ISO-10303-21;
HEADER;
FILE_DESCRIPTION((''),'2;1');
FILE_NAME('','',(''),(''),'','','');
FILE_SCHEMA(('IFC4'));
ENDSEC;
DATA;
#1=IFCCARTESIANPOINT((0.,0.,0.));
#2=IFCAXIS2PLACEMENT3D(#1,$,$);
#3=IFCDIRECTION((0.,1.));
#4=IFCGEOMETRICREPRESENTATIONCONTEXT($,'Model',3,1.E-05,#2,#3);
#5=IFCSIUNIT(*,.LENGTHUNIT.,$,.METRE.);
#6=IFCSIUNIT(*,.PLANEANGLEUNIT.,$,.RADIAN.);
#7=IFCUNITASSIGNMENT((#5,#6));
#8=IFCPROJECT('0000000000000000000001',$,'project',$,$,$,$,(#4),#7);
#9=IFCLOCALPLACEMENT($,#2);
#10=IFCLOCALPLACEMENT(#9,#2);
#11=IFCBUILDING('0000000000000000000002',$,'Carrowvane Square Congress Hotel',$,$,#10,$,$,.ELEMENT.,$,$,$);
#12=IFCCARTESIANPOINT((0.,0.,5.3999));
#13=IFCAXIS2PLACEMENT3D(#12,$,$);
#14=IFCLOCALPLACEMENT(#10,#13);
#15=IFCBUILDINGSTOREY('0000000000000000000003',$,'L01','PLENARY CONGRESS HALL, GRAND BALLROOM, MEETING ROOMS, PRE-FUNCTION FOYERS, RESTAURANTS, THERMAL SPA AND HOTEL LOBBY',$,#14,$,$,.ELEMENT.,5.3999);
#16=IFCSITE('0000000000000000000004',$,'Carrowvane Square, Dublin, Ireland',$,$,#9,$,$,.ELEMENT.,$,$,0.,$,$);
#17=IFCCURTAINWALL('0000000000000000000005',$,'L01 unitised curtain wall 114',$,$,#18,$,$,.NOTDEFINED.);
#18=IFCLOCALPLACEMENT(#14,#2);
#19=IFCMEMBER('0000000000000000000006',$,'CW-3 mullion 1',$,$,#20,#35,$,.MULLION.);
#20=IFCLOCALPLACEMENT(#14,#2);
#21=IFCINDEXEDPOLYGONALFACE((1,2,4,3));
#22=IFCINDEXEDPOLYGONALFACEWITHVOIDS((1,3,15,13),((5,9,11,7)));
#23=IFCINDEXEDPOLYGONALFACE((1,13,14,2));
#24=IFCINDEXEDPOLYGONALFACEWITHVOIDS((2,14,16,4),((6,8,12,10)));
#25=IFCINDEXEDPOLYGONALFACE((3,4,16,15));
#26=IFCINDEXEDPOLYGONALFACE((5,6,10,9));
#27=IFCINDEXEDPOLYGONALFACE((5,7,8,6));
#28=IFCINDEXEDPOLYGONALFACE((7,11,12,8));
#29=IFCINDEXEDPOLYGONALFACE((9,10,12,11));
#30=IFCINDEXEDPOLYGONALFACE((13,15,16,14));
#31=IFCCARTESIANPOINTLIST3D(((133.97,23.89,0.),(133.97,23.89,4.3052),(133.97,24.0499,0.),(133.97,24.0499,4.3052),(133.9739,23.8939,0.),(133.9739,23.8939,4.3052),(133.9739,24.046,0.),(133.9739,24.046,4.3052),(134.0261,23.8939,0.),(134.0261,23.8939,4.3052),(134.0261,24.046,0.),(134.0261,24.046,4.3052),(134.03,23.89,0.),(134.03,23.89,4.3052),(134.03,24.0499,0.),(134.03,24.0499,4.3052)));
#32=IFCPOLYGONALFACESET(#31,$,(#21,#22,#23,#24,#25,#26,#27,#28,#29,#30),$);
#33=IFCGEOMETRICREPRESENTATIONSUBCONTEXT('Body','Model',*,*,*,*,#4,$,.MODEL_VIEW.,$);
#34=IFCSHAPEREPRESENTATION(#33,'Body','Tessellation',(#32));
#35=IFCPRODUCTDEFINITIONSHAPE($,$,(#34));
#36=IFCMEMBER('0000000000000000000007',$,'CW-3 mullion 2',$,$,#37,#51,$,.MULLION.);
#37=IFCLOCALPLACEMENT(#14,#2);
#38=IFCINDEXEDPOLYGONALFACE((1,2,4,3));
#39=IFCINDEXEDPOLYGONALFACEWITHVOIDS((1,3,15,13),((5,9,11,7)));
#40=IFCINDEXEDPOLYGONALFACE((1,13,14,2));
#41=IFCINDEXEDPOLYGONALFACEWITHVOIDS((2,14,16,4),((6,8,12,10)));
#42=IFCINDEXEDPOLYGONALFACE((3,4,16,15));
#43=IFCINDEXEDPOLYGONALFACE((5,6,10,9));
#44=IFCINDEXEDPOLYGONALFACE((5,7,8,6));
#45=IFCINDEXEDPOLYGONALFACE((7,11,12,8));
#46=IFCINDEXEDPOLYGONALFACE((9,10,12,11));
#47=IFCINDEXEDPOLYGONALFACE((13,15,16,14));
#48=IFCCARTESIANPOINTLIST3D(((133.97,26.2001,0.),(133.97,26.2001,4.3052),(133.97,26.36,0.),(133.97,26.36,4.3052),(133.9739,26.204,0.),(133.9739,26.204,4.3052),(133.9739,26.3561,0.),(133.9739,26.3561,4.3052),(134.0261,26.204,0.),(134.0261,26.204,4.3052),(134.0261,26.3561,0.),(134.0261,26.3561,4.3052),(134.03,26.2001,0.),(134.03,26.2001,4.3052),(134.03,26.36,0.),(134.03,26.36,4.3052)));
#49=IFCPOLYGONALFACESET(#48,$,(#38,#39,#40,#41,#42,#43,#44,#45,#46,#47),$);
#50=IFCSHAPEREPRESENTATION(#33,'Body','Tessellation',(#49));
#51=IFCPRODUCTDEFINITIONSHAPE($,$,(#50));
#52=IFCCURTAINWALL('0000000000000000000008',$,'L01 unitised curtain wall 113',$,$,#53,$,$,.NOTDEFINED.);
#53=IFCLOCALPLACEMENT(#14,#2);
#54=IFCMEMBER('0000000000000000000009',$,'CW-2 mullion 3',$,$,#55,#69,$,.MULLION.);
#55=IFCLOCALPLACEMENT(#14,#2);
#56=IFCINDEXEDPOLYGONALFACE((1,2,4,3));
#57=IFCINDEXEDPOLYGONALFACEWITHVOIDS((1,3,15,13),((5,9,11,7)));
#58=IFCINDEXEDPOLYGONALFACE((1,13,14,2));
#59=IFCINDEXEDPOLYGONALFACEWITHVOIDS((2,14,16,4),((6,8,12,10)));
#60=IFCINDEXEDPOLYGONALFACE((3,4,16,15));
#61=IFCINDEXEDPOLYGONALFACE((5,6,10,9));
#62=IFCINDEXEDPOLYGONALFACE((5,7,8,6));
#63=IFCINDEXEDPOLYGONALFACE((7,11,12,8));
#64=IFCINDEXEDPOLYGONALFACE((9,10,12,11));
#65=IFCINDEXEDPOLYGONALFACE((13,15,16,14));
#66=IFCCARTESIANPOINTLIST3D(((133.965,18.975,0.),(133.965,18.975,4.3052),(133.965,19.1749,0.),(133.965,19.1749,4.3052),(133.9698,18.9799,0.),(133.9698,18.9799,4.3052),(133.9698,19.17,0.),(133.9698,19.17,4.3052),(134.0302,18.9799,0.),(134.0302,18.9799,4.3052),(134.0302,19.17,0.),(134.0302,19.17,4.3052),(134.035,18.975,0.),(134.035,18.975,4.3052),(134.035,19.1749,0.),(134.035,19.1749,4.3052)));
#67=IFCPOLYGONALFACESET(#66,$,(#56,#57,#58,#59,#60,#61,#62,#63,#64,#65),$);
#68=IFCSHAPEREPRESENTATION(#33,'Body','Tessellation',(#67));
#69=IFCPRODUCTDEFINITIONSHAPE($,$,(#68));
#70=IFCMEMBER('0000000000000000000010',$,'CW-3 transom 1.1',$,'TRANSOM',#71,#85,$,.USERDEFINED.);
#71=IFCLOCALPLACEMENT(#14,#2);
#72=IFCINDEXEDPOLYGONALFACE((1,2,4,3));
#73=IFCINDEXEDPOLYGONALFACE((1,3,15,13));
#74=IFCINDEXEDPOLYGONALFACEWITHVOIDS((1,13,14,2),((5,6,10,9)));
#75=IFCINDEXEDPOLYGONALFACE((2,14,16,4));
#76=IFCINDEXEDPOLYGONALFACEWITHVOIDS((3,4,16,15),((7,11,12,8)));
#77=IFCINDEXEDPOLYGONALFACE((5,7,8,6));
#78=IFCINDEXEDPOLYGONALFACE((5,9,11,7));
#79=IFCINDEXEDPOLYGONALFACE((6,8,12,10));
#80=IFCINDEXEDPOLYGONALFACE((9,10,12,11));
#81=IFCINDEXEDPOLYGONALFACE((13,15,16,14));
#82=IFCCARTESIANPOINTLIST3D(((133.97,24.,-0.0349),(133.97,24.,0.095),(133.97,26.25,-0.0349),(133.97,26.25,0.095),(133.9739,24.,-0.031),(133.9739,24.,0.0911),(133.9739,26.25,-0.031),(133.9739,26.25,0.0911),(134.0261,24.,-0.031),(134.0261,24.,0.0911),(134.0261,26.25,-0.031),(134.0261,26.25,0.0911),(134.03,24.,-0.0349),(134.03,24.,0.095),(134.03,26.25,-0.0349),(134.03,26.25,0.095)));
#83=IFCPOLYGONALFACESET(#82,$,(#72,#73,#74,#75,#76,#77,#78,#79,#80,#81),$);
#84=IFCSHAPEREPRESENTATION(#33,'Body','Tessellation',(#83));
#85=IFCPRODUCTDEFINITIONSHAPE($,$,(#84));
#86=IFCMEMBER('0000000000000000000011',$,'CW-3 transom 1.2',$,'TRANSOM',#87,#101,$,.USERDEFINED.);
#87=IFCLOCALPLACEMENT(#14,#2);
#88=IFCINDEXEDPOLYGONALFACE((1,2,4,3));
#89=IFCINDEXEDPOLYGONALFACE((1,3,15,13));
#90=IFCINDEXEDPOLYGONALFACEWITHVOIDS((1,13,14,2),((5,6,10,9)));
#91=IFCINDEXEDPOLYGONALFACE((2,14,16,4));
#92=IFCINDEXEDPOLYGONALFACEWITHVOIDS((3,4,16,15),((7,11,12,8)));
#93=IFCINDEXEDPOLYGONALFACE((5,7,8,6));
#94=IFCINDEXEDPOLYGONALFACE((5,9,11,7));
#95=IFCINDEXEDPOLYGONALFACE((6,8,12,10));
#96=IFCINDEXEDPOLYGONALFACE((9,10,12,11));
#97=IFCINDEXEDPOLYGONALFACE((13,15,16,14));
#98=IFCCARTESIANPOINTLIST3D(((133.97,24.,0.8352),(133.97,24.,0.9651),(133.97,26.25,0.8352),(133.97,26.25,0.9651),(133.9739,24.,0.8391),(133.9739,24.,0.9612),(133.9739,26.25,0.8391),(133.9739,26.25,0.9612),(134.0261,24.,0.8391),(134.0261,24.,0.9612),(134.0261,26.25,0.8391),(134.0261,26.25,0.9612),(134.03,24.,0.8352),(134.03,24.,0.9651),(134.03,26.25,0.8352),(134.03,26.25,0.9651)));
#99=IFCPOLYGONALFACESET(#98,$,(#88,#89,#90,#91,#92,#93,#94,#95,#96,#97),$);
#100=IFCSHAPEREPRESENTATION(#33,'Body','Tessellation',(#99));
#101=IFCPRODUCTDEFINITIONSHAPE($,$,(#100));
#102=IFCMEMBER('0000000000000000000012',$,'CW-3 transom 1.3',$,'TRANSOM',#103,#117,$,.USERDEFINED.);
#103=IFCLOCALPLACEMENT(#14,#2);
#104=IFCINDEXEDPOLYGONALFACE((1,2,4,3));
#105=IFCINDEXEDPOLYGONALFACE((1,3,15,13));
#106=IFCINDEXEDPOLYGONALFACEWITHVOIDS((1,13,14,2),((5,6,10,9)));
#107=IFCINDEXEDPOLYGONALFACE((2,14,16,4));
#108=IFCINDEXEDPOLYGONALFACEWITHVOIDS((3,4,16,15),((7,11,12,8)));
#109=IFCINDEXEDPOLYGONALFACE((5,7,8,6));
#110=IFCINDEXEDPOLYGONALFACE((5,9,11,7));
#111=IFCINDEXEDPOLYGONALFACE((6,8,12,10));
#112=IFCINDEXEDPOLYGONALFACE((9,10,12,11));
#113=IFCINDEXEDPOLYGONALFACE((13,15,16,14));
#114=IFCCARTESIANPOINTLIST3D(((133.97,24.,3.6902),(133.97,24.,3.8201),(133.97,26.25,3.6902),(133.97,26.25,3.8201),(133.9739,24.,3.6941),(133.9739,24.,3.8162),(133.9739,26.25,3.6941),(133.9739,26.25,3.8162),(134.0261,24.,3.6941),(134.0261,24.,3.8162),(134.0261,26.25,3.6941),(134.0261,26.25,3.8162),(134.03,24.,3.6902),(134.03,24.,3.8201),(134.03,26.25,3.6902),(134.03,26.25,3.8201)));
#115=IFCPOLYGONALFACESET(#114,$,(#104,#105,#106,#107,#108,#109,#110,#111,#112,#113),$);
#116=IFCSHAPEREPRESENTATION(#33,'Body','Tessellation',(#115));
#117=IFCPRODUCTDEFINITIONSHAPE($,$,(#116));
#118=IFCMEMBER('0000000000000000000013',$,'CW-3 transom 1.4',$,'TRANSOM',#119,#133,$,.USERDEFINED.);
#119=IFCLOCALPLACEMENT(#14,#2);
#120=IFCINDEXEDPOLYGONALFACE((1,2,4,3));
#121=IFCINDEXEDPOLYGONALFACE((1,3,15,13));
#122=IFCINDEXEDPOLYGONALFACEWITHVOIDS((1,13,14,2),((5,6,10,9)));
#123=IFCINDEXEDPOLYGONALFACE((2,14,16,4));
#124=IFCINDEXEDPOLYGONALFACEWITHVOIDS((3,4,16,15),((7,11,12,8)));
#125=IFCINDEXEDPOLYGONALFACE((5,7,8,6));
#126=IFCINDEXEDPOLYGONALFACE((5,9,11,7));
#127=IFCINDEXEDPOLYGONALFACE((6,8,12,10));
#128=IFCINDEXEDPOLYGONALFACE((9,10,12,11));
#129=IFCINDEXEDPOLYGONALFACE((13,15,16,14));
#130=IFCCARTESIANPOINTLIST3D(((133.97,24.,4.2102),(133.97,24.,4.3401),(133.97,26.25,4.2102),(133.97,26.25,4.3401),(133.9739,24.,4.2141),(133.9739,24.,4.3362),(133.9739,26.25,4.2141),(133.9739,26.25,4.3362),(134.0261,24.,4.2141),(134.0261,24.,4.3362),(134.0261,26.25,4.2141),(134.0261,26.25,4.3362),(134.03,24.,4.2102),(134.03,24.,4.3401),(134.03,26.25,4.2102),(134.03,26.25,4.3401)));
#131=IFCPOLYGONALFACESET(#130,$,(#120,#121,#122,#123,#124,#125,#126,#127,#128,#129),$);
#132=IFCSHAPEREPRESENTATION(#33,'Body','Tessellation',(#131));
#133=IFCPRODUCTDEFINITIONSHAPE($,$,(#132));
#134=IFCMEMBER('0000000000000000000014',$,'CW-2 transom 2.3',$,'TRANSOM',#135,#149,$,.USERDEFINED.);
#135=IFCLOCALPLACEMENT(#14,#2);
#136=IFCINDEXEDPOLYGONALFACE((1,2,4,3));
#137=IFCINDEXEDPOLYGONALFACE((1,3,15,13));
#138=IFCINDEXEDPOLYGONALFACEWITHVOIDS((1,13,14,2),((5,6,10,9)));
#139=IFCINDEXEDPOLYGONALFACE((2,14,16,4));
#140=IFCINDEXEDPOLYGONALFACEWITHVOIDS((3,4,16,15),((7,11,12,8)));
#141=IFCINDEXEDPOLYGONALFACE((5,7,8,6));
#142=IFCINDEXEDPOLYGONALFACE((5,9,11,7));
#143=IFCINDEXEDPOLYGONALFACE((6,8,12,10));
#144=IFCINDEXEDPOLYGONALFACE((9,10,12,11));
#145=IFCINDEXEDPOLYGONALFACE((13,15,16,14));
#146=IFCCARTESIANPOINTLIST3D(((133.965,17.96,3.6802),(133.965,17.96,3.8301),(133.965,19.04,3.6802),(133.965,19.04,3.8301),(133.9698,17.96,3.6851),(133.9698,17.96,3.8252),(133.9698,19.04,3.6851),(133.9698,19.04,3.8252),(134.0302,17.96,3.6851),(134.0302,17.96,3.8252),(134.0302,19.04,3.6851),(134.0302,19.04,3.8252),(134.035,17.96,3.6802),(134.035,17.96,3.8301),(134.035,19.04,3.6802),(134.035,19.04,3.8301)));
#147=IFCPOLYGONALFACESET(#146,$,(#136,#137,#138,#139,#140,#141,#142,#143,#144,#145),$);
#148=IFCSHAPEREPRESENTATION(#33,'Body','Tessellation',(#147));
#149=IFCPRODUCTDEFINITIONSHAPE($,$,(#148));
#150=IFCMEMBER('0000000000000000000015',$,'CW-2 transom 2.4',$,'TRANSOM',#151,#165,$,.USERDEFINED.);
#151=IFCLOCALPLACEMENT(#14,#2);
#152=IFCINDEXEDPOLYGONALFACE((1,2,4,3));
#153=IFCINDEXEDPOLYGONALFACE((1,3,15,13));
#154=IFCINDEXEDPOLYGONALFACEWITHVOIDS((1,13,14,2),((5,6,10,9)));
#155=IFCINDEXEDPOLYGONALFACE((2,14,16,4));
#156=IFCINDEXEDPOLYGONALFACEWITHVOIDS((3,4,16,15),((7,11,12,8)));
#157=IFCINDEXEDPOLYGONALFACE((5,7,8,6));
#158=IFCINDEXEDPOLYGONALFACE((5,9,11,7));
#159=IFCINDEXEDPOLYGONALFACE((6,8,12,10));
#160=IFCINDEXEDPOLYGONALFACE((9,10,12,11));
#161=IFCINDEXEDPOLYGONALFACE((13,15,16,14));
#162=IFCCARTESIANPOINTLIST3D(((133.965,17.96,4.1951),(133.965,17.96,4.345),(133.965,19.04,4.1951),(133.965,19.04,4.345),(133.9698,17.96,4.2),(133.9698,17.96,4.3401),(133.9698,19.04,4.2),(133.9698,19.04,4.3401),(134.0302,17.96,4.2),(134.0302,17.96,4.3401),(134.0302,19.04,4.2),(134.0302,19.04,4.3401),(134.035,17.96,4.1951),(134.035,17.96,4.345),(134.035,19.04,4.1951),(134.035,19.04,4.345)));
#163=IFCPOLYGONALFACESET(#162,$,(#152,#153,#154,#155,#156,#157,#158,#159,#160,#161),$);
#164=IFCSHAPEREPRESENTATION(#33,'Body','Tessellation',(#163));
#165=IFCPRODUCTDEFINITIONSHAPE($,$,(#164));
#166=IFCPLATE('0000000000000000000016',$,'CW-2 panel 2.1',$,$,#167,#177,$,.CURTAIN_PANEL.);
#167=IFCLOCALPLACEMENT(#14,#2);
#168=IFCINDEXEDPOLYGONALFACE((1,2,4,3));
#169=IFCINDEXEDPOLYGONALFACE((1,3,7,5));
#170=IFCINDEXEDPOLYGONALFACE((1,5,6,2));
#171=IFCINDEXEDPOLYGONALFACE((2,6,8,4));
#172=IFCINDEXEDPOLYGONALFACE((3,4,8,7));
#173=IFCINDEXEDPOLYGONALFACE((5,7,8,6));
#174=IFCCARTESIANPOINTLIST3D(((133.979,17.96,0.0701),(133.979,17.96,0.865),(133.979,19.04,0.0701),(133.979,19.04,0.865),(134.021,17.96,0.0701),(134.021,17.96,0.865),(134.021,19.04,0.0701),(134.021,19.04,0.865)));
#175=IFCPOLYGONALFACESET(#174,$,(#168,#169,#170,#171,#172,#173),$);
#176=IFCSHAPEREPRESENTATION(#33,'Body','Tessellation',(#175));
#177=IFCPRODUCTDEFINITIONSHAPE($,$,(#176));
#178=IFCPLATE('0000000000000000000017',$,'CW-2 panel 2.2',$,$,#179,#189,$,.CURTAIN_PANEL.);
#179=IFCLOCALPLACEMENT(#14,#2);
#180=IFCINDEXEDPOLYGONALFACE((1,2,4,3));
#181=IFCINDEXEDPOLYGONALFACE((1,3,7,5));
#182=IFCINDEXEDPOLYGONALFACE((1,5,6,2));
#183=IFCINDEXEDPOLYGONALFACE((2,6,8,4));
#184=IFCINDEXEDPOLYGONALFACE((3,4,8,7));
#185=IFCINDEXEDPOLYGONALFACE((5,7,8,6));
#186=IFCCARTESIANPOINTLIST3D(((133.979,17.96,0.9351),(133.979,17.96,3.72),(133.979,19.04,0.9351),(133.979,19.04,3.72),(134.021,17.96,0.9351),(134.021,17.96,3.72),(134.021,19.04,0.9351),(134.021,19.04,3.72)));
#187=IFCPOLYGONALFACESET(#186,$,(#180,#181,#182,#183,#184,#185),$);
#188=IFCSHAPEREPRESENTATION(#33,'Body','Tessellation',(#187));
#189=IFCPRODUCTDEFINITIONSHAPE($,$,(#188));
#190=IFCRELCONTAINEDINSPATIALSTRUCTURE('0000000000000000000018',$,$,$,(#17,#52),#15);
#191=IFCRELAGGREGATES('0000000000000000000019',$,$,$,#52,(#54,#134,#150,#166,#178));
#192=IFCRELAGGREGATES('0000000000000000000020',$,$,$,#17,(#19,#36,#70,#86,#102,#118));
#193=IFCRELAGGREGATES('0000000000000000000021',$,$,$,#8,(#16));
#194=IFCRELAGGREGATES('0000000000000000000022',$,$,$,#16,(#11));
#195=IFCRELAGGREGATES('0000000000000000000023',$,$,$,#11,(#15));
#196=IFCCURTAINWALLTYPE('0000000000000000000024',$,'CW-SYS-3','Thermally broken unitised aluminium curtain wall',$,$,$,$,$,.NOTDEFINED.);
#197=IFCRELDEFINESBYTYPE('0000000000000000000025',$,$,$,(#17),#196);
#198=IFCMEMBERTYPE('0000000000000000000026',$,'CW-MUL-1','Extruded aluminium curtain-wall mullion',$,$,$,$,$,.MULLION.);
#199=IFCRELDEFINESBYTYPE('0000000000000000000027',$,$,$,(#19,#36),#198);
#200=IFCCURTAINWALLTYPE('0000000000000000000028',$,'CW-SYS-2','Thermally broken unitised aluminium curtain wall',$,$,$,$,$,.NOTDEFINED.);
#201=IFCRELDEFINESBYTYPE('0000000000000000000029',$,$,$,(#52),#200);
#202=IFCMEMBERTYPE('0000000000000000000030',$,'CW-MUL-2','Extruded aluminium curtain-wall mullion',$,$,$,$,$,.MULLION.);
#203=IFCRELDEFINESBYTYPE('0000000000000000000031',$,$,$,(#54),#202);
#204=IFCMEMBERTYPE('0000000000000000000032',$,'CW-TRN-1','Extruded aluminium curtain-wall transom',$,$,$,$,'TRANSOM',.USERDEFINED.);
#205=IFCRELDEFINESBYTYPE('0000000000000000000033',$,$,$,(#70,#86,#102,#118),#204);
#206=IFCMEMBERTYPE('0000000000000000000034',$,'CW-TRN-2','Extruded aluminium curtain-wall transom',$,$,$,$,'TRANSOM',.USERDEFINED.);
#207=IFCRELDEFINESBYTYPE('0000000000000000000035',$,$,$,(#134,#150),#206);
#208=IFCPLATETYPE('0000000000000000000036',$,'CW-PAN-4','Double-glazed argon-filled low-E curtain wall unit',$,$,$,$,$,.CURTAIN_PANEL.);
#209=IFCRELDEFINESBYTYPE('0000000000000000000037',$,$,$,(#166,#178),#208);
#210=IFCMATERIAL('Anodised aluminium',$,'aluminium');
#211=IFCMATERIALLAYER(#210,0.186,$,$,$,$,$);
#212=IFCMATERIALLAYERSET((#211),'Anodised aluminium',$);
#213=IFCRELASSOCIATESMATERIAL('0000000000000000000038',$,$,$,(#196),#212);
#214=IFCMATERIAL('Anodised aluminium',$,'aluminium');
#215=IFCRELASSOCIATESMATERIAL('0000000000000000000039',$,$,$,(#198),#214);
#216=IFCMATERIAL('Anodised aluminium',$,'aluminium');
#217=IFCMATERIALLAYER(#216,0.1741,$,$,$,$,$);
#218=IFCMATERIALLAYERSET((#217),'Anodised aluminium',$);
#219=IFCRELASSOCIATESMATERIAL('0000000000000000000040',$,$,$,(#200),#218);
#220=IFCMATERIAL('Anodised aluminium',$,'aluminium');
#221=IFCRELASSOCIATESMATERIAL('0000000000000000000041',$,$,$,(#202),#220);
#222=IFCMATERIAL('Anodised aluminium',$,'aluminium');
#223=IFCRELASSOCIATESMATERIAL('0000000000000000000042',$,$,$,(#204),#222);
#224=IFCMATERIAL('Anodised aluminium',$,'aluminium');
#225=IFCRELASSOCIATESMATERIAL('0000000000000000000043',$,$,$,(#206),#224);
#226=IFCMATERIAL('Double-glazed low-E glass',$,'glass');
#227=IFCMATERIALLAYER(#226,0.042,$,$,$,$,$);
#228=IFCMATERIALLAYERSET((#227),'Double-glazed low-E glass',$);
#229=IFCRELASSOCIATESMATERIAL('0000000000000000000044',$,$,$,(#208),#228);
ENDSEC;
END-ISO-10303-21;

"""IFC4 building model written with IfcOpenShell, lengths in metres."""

from ifc_helpers import new_model, si_unit, direction, frame, origin, origin_2d, place, context, subcontext, project, spatial, rectangle, hollow_rectangle, extrude, material, layer, layer_set, material_profile, profile_set, type_object, element, aggregate, save


model = new_model("IFC4")

# Units and contexts
model_context = context("Model", 3, precision=1e-05, world=origin(), true_north=direction((0.0, 1.0)))
body_context = subcontext(model_context, "Body", "Model", "MODEL_VIEW")
ifc_project = project(units=[si_unit("LENGTHUNIT", "METRE"), si_unit("PLANEANGLEUNIT", "RADIAN")], contexts=[model_context])

# Site, building, storey
site_placement = place(None, origin())
site = spatial("IfcSite", under=ifc_project, at=site_placement, Name="Carrowvane Square, Dublin, Ireland", CompositionType="ELEMENT", RefElevation=0.0)
building_placement = place(site_placement, origin())
building = spatial("IfcBuilding", under=site, at=building_placement, Name="Carrowvane Square Congress Hotel", CompositionType="ELEMENT")
storey_placement = place(building_placement, frame((0.0, 0.0, 5.3999)))
storey = spatial("IfcBuildingStorey", under=building, at=storey_placement, Name="L01", Description="PLENARY CONGRESS HALL, GRAND BALLROOM, MEETING ROOMS, PRE-FUNCTION FOYERS, RESTAURANTS, THERMAL SPA AND HOTEL LOBBY", CompositionType="ELEMENT", Elevation=5.3999)

# Curtain wall, members
ifc_material_1 = material(Name="Anodised aluminium", Category="aluminium")
ifc_layer_1 = layer(ifc_material_1, 0.186)
ifc_layer_set_1 = layer_set([ifc_layer_1], Name="Anodised aluminium")
curtain_wall_type_1 = type_object("IfcCurtainWallType", Name="CW-SYS-3", Description="Thermally broken unitised aluminium curtain wall", PredefinedType="NOTDEFINED", material=ifc_layer_set_1)
curtain_wall_1_placement = place(storey_placement, origin())
curtain_wall_1 = element("IfcCurtainWall", 1, at=curtain_wall_1_placement, inside=storey, type_object=curtain_wall_type_1, Name="L01 unitised curtain wall 114", PredefinedType="NOTDEFINED")
ifc_material_2 = material(Name="Anodised aluminium", Category="aluminium")
ifc_material_profile_1 = material_profile(ifc_material_2, hollow_rectangle(XDim=0.0601, YDim=0.1599, WallThickness=0.0039, at=origin_2d()), Name="CW-ML 60x160x4")
ifc_profile_set_1 = profile_set([ifc_material_profile_1], Name="Anodised aluminium")
member_type_1 = type_object("IfcMemberType", Name="CW-MUL-1", Description="Extruded aluminium curtain-wall mullion", PredefinedType="MULLION", material=ifc_profile_set_1)
member_1_placement = place(storey_placement, frame((134.0, 23.97, 0.0), z_axis=(0.0, 0.0, 1.0), x_axis=(-1.0, 0.0, 0.0)))
member_1 = element("IfcMember", 2, at=member_1_placement, type_object=member_type_1, Name="CW-3 mullion 1", PredefinedType="MULLION", context=body_context, shape_type="SweptSolid", body=[
    extrude(hollow_rectangle(XDim=0.0601, YDim=0.1599, WallThickness=0.0039, at=origin_2d()), origin(), (0.0, 0.0, 1.0), 4.3052),
])
member_2_placement = place(storey_placement, frame((134.0, 26.28, 0.0), z_axis=(0.0, 0.0, 1.0), x_axis=(-1.0, 0.0, 0.0)))
member_2 = element("IfcMember", 3, at=member_2_placement, type_object=member_type_1, Name="CW-3 mullion 2", PredefinedType="MULLION", context=body_context, shape_type="SweptSolid", body=[
    extrude(hollow_rectangle(XDim=0.0601, YDim=0.1599, WallThickness=0.0039, at=origin_2d()), origin(), (0.0, 0.0, 1.0), 4.3052),
])

# Curtain wall, member
ifc_material_3 = material(Name="Anodised aluminium", Category="aluminium")
ifc_layer_2 = layer(ifc_material_3, 0.1741)
ifc_layer_set_2 = layer_set([ifc_layer_2], Name="Anodised aluminium")
curtain_wall_type_2 = type_object("IfcCurtainWallType", Name="CW-SYS-2", Description="Thermally broken unitised aluminium curtain wall", PredefinedType="NOTDEFINED", material=ifc_layer_set_2)
curtain_wall_2_placement = place(storey_placement, origin())
curtain_wall_2 = element("IfcCurtainWall", 4, at=curtain_wall_2_placement, inside=storey, type_object=curtain_wall_type_2, Name="L01 unitised curtain wall 113", PredefinedType="NOTDEFINED")
ifc_material_4 = material(Name="Anodised aluminium", Category="aluminium")
ifc_material_profile_2 = material_profile(ifc_material_4, hollow_rectangle(XDim=0.0701, YDim=0.2, WallThickness=0.0049, at=origin_2d()), Name="CW-ML 70x200x5")
ifc_profile_set_2 = profile_set([ifc_material_profile_2], Name="Anodised aluminium")
member_type_2 = type_object("IfcMemberType", Name="CW-MUL-2", Description="Extruded aluminium curtain-wall mullion", PredefinedType="MULLION", material=ifc_profile_set_2)
member_3_placement = place(storey_placement, frame((134.0, 19.075, 0.0), z_axis=(0.0, 0.0, 1.0), x_axis=(-1.0, 0.0, 0.0)))
member_3 = element("IfcMember", 5, at=member_3_placement, type_object=member_type_2, Name="CW-2 mullion 3", PredefinedType="MULLION", context=body_context, shape_type="SweptSolid", body=[
    extrude(hollow_rectangle(XDim=0.0701, YDim=0.2, WallThickness=0.0049, at=origin_2d()), origin(), (0.0, 0.0, 1.0), 4.3052),
])

# Members
ifc_material_5 = material(Name="Anodised aluminium", Category="aluminium")
ifc_material_profile_3 = material_profile(ifc_material_5, hollow_rectangle(XDim=0.0601, YDim=0.1299, WallThickness=0.0039, at=origin_2d()), Name="CW-TR 60x130x4")
ifc_profile_set_3 = profile_set([ifc_material_profile_3], Name="Anodised aluminium")
member_type_3 = type_object("IfcMemberType", Name="CW-TRN-1", Description="Extruded aluminium curtain-wall transom", ElementType="TRANSOM", PredefinedType="USERDEFINED", material=ifc_profile_set_3)
member_4_placement = place(storey_placement, frame((134.0, 24.0, 0.03), z_axis=(0.0, 1.0, 0.0), x_axis=(-1.0, 0.0, 0.0)))
member_4 = element("IfcMember", 6, at=member_4_placement, type_object=member_type_3, Name="CW-3 transom 1.1", ObjectType="TRANSOM", PredefinedType="USERDEFINED", context=body_context, shape_type="SweptSolid", body=[
    extrude(hollow_rectangle(XDim=0.0601, YDim=0.1299, WallThickness=0.0039, at=origin_2d()), origin(), (0.0, 0.0, 1.0), 2.25),
])
member_5_placement = place(storey_placement, frame((134.0, 24.0, 0.9001), z_axis=(0.0, 1.0, 0.0), x_axis=(-1.0, 0.0, 0.0)))
member_5 = element("IfcMember", 7, at=member_5_placement, type_object=member_type_3, Name="CW-3 transom 1.2", ObjectType="TRANSOM", PredefinedType="USERDEFINED", context=body_context, shape_type="SweptSolid", body=[
    extrude(hollow_rectangle(XDim=0.0601, YDim=0.1299, WallThickness=0.0039, at=origin_2d()), origin(), (0.0, 0.0, 1.0), 2.25),
])
member_6_placement = place(storey_placement, frame((134.0, 24.0, 3.7551), z_axis=(0.0, 1.0, 0.0), x_axis=(-1.0, 0.0, 0.0)))
member_6 = element("IfcMember", 8, at=member_6_placement, type_object=member_type_3, Name="CW-3 transom 1.3", ObjectType="TRANSOM", PredefinedType="USERDEFINED", context=body_context, shape_type="SweptSolid", body=[
    extrude(hollow_rectangle(XDim=0.0601, YDim=0.1299, WallThickness=0.0039, at=origin_2d()), origin(), (0.0, 0.0, 1.0), 2.25),
])
member_7_placement = place(storey_placement, frame((134.0, 24.0, 4.2751), z_axis=(0.0, 1.0, 0.0), x_axis=(-1.0, 0.0, 0.0)))
member_7 = element("IfcMember", 9, at=member_7_placement, type_object=member_type_3, Name="CW-3 transom 1.4", ObjectType="TRANSOM", PredefinedType="USERDEFINED", context=body_context, shape_type="SweptSolid", body=[
    extrude(hollow_rectangle(XDim=0.0601, YDim=0.1299, WallThickness=0.0039, at=origin_2d()), origin(), (0.0, 0.0, 1.0), 2.25),
])
ifc_material_6 = material(Name="Anodised aluminium", Category="aluminium")
ifc_material_profile_4 = material_profile(ifc_material_6, hollow_rectangle(XDim=0.0701, YDim=0.1499, WallThickness=0.0049, at=origin_2d()), Name="CW-TR 70x150x5")
ifc_profile_set_4 = profile_set([ifc_material_profile_4], Name="Anodised aluminium")
member_type_4 = type_object("IfcMemberType", Name="CW-TRN-2", Description="Extruded aluminium curtain-wall transom", ElementType="TRANSOM", PredefinedType="USERDEFINED", material=ifc_profile_set_4)
member_8_placement = place(storey_placement, frame((134.0, 17.96, 3.7551), z_axis=(0.0, 1.0, 0.0), x_axis=(-1.0, 0.0, 0.0)))
member_8 = element("IfcMember", 10, at=member_8_placement, type_object=member_type_4, Name="CW-2 transom 2.3", ObjectType="TRANSOM", PredefinedType="USERDEFINED", context=body_context, shape_type="SweptSolid", body=[
    extrude(hollow_rectangle(XDim=0.0701, YDim=0.1499, WallThickness=0.0049, at=origin_2d()), origin(), (0.0, 0.0, 1.0), 1.0801),
])
member_9_placement = place(storey_placement, frame((134.0, 17.96, 4.27), z_axis=(0.0, 1.0, 0.0), x_axis=(-1.0, 0.0, 0.0)))
member_9 = element("IfcMember", 11, at=member_9_placement, type_object=member_type_4, Name="CW-2 transom 2.4", ObjectType="TRANSOM", PredefinedType="USERDEFINED", context=body_context, shape_type="SweptSolid", body=[
    extrude(hollow_rectangle(XDim=0.0701, YDim=0.1499, WallThickness=0.0049, at=origin_2d()), origin(), (0.0, 0.0, 1.0), 1.0801),
])

# Plates
ifc_material_7 = material(Name="Double-glazed low-E glass", Category="glass")
ifc_layer_3 = layer(ifc_material_7, 0.042)
ifc_layer_set_3 = layer_set([ifc_layer_3], Name="Double-glazed low-E glass")
plate_type_1 = type_object("IfcPlateType", Name="CW-PAN-4", Description="Double-glazed argon-filled low-E curtain wall unit", PredefinedType="CURTAIN_PANEL", material=ifc_layer_set_3)
plate_1_placement = place(storey_placement, frame((134.0, 18.5, 0.0701), z_axis=(0.0, 0.0, 1.0), x_axis=(0.0, 1.0, 0.0)))
plate_1 = element("IfcPlate", 12, at=plate_1_placement, type_object=plate_type_1, Name="CW-2 panel 2.1", PredefinedType="CURTAIN_PANEL", context=body_context, shape_type="SweptSolid", body=[
    extrude(rectangle(XDim=1.0801, YDim=0.042, at=origin_2d()), origin(), (0.0, 0.0, 1.0), 0.7949),
])
plate_2_placement = place(storey_placement, frame((134.0, 18.5, 0.9351), z_axis=(0.0, 0.0, 1.0), x_axis=(0.0, 1.0, 0.0)))
plate_2 = element("IfcPlate", 13, at=plate_2_placement, type_object=plate_type_1, Name="CW-2 panel 2.2", PredefinedType="CURTAIN_PANEL", context=body_context, shape_type="SweptSolid", body=[
    extrude(rectangle(XDim=1.0801, YDim=0.042, at=origin_2d()), origin(), (0.0, 0.0, 1.0), 2.7849),
])
aggregate(curtain_wall_2, [member_3, member_8, member_9, plate_1, plate_2])
aggregate(curtain_wall_1, [member_1, member_2, member_4, member_5, member_6, member_7])

save(model, "model.ifc")
